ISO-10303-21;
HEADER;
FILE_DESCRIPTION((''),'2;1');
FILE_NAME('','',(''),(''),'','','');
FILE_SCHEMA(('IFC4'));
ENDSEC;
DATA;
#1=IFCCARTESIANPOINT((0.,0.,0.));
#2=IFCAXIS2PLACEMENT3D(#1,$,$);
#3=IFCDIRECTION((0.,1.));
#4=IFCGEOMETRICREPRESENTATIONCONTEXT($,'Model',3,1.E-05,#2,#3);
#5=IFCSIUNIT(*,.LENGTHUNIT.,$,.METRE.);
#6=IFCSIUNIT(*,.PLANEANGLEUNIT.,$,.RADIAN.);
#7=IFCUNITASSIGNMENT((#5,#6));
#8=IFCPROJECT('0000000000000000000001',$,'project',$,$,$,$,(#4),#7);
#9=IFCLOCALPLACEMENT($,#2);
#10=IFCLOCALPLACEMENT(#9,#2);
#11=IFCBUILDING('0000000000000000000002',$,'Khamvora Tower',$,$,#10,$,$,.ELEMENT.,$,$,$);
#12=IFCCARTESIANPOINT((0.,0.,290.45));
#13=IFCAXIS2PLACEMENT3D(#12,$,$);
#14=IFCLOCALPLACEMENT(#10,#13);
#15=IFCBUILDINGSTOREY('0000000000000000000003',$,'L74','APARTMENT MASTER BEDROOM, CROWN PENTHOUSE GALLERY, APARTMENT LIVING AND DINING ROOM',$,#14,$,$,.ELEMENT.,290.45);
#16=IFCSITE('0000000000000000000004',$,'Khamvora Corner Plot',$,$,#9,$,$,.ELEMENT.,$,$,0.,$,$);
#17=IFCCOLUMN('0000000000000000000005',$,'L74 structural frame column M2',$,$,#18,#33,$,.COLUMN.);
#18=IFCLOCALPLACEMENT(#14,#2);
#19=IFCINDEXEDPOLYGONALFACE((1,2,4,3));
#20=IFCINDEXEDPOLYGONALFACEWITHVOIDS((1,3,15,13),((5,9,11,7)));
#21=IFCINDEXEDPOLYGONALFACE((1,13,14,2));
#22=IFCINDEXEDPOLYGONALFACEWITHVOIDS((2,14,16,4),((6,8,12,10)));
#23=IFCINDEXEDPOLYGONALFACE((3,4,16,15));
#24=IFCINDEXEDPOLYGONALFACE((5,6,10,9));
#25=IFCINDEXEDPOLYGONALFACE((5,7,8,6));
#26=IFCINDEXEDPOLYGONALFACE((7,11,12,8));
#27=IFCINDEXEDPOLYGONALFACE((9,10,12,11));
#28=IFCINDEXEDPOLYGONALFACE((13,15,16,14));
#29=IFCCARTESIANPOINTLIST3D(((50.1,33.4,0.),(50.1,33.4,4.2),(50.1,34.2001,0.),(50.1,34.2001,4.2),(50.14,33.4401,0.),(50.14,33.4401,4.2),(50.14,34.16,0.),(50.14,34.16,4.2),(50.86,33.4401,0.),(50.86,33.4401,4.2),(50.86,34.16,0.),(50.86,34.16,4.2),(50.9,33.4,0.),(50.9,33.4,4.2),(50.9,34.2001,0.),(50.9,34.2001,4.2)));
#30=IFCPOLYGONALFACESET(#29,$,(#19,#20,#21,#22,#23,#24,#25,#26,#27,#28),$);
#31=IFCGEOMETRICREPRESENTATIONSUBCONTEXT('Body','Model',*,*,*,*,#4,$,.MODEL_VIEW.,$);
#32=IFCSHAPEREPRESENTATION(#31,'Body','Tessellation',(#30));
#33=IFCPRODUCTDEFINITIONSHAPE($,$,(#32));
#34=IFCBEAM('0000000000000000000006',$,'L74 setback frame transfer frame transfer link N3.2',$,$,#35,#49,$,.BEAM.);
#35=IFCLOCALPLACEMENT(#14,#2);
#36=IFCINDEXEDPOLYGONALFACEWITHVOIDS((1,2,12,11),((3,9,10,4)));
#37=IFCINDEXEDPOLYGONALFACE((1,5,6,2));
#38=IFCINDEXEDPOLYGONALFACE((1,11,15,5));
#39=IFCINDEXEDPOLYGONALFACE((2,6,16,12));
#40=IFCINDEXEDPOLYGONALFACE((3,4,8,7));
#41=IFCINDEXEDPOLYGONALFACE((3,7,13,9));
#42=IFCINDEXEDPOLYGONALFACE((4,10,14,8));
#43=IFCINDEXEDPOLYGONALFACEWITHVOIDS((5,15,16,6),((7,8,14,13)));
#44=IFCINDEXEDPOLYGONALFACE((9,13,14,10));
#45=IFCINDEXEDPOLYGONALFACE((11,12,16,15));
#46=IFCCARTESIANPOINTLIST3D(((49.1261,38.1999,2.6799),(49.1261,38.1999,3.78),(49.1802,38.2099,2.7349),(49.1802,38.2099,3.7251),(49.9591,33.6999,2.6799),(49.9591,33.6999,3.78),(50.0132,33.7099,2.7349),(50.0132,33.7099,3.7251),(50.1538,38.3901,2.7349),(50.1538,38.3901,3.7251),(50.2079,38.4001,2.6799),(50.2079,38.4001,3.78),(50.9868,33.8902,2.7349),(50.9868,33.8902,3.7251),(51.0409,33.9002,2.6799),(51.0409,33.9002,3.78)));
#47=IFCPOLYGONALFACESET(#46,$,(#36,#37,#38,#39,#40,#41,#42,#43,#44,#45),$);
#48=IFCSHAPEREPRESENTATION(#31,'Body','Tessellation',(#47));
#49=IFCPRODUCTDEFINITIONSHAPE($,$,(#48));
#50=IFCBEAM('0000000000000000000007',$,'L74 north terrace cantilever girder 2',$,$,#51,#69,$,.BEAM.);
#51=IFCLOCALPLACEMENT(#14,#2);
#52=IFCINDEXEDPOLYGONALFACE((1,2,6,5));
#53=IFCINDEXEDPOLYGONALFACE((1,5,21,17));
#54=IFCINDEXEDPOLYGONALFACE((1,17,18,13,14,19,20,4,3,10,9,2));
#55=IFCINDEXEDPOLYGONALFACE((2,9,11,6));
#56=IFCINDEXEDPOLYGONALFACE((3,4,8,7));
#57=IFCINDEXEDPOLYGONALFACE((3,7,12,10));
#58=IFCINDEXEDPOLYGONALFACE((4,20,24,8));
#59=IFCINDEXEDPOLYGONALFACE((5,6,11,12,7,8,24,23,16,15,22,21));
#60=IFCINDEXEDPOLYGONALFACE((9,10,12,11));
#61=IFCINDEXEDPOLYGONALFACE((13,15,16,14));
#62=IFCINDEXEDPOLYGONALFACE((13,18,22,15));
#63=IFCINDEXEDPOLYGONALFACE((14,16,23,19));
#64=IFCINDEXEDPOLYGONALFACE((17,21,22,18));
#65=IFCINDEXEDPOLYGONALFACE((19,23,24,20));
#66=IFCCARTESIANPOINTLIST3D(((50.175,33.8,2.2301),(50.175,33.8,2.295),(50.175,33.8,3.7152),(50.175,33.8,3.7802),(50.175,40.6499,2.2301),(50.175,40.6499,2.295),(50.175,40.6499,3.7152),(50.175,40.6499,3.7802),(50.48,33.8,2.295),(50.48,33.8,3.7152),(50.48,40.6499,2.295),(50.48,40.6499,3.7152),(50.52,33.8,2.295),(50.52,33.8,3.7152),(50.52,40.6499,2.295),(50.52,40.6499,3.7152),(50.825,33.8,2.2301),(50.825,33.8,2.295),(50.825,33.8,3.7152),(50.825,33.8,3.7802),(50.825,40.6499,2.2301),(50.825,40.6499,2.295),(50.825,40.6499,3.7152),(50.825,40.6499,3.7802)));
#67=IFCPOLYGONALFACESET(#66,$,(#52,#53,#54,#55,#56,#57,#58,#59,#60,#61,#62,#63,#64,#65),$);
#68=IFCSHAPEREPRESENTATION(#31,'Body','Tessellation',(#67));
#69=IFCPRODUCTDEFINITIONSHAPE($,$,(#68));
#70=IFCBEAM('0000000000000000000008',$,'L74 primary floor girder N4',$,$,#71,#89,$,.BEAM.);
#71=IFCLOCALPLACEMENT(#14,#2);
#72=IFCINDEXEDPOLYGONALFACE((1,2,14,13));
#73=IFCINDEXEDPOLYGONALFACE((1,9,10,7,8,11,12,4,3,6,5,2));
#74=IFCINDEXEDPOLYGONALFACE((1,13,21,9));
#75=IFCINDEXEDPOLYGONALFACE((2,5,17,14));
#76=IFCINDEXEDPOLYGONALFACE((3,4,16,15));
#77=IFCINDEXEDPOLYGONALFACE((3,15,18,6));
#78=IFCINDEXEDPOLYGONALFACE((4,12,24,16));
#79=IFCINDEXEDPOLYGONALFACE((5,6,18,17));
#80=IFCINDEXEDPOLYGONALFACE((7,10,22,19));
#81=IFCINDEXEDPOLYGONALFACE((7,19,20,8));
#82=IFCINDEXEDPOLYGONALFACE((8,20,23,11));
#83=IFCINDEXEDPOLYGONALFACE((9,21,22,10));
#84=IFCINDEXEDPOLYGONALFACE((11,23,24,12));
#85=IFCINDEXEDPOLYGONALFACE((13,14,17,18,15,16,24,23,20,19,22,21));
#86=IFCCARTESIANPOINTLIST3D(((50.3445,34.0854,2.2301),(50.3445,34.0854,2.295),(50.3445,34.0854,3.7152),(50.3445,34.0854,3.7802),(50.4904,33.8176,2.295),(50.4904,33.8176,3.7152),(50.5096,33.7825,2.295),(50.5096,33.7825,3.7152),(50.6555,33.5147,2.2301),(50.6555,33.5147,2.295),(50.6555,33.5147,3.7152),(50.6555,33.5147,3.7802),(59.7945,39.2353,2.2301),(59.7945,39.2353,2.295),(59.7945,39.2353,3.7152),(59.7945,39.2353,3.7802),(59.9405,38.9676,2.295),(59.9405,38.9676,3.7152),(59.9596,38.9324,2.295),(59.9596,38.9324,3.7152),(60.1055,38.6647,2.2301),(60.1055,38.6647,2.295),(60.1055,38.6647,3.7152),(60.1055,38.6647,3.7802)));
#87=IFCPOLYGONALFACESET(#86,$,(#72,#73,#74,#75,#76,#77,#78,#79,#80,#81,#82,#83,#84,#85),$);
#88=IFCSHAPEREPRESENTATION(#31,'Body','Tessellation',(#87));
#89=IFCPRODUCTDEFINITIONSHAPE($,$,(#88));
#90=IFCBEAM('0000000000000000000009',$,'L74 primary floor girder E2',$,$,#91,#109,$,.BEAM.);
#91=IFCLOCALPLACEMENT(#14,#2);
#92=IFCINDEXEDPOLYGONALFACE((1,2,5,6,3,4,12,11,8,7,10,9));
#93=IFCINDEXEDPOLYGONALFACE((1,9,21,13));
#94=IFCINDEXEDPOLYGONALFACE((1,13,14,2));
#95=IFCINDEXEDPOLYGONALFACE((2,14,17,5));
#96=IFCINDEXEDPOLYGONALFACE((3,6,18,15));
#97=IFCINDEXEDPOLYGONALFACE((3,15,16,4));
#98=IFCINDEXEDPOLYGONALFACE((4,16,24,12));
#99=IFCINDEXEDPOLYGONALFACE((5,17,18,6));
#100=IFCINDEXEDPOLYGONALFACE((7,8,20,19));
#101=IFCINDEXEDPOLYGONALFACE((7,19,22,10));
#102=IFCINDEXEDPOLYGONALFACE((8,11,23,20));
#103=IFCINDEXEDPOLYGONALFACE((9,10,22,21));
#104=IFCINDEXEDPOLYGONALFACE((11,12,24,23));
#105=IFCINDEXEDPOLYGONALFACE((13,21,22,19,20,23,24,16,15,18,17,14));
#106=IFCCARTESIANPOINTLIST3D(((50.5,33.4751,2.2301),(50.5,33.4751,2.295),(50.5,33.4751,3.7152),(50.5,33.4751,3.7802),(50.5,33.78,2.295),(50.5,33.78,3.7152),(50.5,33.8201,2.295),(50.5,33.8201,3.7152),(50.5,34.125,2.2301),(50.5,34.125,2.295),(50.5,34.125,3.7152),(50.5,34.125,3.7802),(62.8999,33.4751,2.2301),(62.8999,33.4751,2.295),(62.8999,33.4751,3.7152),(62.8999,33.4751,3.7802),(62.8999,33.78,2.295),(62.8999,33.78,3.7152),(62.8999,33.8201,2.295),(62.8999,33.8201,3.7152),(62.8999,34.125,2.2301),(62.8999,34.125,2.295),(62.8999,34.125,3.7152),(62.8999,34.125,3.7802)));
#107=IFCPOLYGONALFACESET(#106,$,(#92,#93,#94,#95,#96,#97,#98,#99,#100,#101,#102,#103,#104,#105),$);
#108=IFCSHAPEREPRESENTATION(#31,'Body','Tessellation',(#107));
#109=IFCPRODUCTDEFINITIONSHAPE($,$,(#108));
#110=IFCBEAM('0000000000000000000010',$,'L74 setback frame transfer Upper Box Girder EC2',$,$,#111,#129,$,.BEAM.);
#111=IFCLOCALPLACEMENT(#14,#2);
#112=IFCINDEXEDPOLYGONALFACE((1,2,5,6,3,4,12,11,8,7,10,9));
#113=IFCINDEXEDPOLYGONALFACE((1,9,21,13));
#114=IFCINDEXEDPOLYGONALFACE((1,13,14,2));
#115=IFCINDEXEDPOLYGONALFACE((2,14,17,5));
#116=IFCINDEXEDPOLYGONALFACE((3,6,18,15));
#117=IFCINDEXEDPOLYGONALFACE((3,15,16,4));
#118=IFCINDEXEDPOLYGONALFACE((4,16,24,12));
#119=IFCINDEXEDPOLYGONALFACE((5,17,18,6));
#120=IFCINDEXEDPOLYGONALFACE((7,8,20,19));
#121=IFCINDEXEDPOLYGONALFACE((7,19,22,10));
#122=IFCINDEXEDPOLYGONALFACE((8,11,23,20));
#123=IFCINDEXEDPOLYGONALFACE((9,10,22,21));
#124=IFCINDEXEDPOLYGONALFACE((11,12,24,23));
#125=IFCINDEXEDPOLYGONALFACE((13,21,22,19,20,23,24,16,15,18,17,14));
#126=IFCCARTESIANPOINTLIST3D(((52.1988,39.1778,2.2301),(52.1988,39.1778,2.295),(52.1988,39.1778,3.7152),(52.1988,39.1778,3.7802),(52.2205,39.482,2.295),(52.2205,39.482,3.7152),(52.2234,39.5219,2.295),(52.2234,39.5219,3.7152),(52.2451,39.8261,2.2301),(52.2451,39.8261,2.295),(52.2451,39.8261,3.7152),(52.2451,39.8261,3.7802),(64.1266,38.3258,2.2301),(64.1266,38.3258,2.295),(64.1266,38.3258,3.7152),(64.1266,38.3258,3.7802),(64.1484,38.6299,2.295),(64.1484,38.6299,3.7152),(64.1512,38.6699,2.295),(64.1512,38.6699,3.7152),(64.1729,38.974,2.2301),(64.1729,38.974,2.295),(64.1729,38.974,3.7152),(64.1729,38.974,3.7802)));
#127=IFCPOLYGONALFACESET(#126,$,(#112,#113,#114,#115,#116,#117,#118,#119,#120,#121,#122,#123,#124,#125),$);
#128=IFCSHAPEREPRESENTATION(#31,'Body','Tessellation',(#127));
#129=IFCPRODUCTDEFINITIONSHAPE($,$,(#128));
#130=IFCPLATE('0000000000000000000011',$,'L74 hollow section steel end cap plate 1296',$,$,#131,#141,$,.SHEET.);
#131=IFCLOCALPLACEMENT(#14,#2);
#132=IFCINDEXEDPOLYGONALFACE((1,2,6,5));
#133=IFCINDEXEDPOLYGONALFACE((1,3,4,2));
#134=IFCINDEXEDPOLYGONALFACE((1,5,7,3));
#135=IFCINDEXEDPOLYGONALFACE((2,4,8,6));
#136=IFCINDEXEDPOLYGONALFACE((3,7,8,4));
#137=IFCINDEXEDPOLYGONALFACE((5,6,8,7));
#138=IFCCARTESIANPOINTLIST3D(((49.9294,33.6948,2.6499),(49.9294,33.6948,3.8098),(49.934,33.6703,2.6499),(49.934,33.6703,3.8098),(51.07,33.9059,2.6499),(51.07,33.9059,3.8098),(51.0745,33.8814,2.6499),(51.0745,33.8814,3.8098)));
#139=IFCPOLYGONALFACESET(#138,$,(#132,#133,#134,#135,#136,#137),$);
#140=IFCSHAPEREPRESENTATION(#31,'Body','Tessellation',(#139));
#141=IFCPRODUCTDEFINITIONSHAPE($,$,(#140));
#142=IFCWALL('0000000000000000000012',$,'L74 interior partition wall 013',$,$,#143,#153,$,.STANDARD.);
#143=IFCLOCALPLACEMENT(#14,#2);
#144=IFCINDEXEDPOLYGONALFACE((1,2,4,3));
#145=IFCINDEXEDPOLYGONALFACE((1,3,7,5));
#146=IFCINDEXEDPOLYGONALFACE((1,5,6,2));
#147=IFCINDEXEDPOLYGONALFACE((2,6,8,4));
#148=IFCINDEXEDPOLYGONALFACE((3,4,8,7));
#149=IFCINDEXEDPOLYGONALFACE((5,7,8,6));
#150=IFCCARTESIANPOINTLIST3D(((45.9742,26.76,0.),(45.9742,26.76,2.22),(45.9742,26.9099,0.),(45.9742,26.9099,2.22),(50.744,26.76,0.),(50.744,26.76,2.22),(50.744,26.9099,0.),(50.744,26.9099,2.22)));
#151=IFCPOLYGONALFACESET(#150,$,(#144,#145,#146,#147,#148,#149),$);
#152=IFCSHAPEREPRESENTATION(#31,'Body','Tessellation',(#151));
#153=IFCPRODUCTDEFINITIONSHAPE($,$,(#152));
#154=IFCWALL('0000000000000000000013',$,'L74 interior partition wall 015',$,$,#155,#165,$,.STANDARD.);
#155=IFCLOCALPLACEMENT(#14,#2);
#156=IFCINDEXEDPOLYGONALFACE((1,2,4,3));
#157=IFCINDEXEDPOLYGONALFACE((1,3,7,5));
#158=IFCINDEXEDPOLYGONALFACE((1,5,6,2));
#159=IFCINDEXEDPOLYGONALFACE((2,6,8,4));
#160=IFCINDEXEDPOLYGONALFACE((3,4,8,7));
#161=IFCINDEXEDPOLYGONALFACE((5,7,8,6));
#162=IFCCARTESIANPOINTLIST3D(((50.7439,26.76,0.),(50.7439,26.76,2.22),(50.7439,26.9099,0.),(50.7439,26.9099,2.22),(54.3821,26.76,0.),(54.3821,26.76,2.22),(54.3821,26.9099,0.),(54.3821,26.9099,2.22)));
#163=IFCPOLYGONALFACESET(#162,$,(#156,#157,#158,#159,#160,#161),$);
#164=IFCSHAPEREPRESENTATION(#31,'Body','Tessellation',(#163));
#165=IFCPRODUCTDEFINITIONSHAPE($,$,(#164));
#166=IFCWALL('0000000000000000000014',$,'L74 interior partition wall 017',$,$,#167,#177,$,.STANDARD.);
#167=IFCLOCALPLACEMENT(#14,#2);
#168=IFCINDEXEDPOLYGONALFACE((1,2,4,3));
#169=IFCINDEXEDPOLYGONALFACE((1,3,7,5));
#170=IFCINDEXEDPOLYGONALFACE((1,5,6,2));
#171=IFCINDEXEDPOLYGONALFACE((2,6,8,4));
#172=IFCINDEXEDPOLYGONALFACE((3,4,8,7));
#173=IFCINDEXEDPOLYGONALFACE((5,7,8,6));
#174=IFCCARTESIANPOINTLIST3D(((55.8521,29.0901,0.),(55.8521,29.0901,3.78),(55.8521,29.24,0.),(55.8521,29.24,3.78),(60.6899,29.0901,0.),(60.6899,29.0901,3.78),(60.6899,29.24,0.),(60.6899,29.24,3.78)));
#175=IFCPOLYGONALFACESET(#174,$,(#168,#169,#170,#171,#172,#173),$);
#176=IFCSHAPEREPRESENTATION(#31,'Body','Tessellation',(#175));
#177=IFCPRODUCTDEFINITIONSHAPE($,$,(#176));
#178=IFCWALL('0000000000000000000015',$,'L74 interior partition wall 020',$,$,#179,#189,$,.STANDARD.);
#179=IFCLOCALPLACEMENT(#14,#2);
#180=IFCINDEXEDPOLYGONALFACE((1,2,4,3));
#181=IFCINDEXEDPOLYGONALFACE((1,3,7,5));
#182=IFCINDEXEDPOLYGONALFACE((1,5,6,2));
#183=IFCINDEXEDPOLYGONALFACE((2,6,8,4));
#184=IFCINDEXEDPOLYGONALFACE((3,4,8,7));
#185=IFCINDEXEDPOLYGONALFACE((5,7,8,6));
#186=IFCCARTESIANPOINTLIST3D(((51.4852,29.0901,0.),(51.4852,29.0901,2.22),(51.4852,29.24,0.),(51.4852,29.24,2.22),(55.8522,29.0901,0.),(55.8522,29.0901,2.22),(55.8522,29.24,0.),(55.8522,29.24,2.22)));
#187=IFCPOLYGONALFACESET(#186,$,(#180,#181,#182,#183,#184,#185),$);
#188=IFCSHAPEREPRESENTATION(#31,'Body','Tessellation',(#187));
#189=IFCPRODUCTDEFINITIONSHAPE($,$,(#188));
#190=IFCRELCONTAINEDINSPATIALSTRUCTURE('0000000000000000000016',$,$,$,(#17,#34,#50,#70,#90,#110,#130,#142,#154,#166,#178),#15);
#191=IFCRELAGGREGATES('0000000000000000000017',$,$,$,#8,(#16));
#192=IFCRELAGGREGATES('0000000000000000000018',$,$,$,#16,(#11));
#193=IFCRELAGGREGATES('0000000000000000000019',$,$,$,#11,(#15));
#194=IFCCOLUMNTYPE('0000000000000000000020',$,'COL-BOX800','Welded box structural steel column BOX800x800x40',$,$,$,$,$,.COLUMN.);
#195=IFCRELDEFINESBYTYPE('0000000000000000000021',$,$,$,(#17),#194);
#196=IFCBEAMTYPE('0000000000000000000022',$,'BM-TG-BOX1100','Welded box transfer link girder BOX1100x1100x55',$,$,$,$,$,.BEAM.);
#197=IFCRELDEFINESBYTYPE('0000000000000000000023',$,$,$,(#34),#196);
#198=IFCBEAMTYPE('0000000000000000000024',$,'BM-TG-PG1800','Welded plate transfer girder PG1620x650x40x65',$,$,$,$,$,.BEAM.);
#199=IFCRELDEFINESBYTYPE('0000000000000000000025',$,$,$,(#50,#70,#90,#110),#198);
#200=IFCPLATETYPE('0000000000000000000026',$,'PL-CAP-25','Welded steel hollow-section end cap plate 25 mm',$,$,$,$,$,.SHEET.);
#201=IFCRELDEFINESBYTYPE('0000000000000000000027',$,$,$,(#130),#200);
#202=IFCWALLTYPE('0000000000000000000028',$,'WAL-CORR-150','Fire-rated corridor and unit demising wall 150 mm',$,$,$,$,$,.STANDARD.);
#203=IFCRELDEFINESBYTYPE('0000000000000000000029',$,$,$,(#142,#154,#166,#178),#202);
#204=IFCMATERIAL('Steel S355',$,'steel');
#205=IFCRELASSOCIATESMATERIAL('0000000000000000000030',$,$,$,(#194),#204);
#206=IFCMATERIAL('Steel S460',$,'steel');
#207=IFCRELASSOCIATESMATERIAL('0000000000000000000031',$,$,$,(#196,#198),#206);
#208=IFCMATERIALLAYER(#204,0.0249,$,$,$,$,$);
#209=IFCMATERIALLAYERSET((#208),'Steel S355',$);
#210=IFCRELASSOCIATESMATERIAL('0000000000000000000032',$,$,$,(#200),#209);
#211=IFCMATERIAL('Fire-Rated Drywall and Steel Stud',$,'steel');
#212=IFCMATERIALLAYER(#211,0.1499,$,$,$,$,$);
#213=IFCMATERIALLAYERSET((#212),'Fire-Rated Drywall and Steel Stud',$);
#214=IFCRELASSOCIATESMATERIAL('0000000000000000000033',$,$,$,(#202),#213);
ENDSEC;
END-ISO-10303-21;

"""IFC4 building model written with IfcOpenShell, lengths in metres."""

from ifc_helpers import new_model, si_unit, direction, frame, frame_2d, origin, origin_2d, place, context, subcontext, project, spatial, rectangle, hollow_rectangle, i_section, extrude, material, layer, layer_set, material_profile, profile_set, type_object, element, save


model = new_model("IFC4")

# Units and contexts
model_context = context("Model", 3, precision=1e-05, world=origin(), true_north=direction((0.0, 1.0)))
body_context = subcontext(model_context, "Body", "Model", "MODEL_VIEW")
ifc_project = project(units=[si_unit("LENGTHUNIT", "METRE"), si_unit("PLANEANGLEUNIT", "RADIAN")], contexts=[model_context])

# Site, building, storey
site_placement = place(None, origin())
site = spatial("IfcSite", under=ifc_project, at=site_placement, Name="Khamvora Corner Plot", CompositionType="ELEMENT", RefElevation=0.0)
building_placement = place(site_placement, origin())
building = spatial("IfcBuilding", under=site, at=building_placement, Name="Khamvora Tower", CompositionType="ELEMENT")
storey_placement = place(building_placement, frame((0.0, 0.0, 290.45)))
storey = spatial("IfcBuildingStorey", under=building, at=storey_placement, Name="L74", Description="APARTMENT MASTER BEDROOM, CROWN PENTHOUSE GALLERY, APARTMENT LIVING AND DINING ROOM", CompositionType="ELEMENT", Elevation=290.45)

# Column
ifc_material_1 = material(Name="Steel S355", Category="steel")
ifc_material_profile_1 = material_profile(ifc_material_1, hollow_rectangle(XDim=0.8, YDim=0.8, WallThickness=0.04, at=origin_2d()), Name="BOX800x800x40")
ifc_profile_set_1 = profile_set([ifc_material_profile_1], Name="Steel S355")
column_type = type_object("IfcColumnType", Name="COL-BOX800", Description="Welded box structural steel column BOX800x800x40", PredefinedType="COLUMN", material=ifc_profile_set_1)
column_placement = place(storey_placement, frame((50.5, 33.8, 0.0), z_axis=(0.0, 0.0, 1.0), x_axis=(1.0, 0.0, 0.0)))
element("IfcColumn", 1, at=column_placement, inside=storey, type_object=column_type, Name="L74 structural frame column M2", PredefinedType="COLUMN", context=body_context, shape_type="SweptSolid", body=[
    extrude(hollow_rectangle(XDim=0.8, YDim=0.8, WallThickness=0.04, at=origin_2d()), origin(), (0.0, 0.0, 1.0), 4.2),
])

# Beams
ifc_material_2 = material(Name="Steel S460", Category="steel")
ifc_material_profile_2 = material_profile(ifc_material_2, hollow_rectangle(XDim=1.1001, YDim=1.1001, WallThickness=0.0549, at=origin_2d()), Name="BOX1100x1100x55")
ifc_profile_set_2 = profile_set([ifc_material_profile_2], Name="Steel S460")
beam_type_1 = type_object("IfcBeamType", Name="BM-TG-BOX1100", Description="Welded box transfer link girder BOX1100x1100x55", PredefinedType="BEAM", material=ifc_profile_set_2)
beam_1_placement = place(storey_placement, frame((50.5, 33.8, 3.23), z_axis=(-0.18202, 0.983295, 0.0), x_axis=(-0.983295, -0.18202, 0.0)))
element("IfcBeam", 2, at=beam_1_placement, inside=storey, type_object=beam_type_1, Name="L74 setback frame transfer frame transfer link N3.2", PredefinedType="BEAM", context=body_context, shape_type="SweptSolid", body=[
    extrude(hollow_rectangle(XDim=1.1001, YDim=1.1001, WallThickness=0.0549, at=origin_2d()), origin(), (0.0, 0.0, 1.0), 4.5764),
])
ifc_material_profile_3 = material_profile(ifc_material_2, i_section(OverallWidth=0.6499, OverallDepth=1.55, WebThickness=0.04, FlangeThickness=0.0649, at=origin_2d()), Name="PG1550x650x40x65")
ifc_profile_set_3 = profile_set([ifc_material_profile_3], Name="Steel S460")
beam_type_2 = type_object("IfcBeamType", Name="BM-TG-PG1800", Description="Welded plate transfer girder PG1620x650x40x65", PredefinedType="BEAM", material=ifc_profile_set_3)
beam_2_placement = place(storey_placement, frame((50.5, 33.8, 3.0051), z_axis=(0.0, 1.0, 0.0), x_axis=(-1.0, 0.0, 0.0)))
element("IfcBeam", 3, at=beam_2_placement, inside=storey, type_object=beam_type_2, Name="L74 north terrace cantilever girder 2", PredefinedType="BEAM", context=body_context, shape_type="SweptSolid", body=[
    extrude(i_section(OverallWidth=0.6499, OverallDepth=1.55, WebThickness=0.04, FlangeThickness=0.0649, at=origin_2d()), origin(), (0.0, 0.0, 1.0), 6.8499),
])
beam_3_placement = place(storey_placement, frame((50.5, 33.8, 3.0051), z_axis=(0.878076, 0.478521, 0.0), x_axis=(-0.478521, 0.878076, 0.0)))
element("IfcBeam", 4, at=beam_3_placement, inside=storey, type_object=beam_type_2, Name="L74 primary floor girder N4", PredefinedType="BEAM", context=body_context, shape_type="SweptSolid", body=[
    extrude(i_section(OverallWidth=0.6499, OverallDepth=1.55, WebThickness=0.04, FlangeThickness=0.0649, at=origin_2d()), origin(), (0.0, 0.0, 1.0), 10.7622),
])
beam_4_placement = place(storey_placement, frame((50.5, 33.8, 3.0051), z_axis=(1.0, 0.0, 0.0), x_axis=(0.0, 1.0, 0.0)))
element("IfcBeam", 5, at=beam_4_placement, inside=storey, type_object=beam_type_2, Name="L74 primary floor girder E2", PredefinedType="BEAM", context=body_context, shape_type="SweptSolid", body=[
    extrude(i_section(OverallWidth=0.6499, OverallDepth=1.55, WebThickness=0.04, FlangeThickness=0.0649, at=origin_2d()), origin(), (0.0, 0.0, 1.0), 12.3999),
])
beam_5_placement = place(storey_placement, frame((52.2219, 39.502, 3.0051), z_axis=(0.997458, -0.071251, 0.0), x_axis=(0.071251, 0.997458, 0.0)))
element("IfcBeam", 6, at=beam_5_placement, inside=storey, type_object=beam_type_2, Name="L74 setback frame transfer Upper Box Girder EC2", PredefinedType="BEAM", context=body_context, shape_type="SweptSolid", body=[
    extrude(i_section(OverallWidth=0.6499, OverallDepth=1.55, WebThickness=0.04, FlangeThickness=0.0649, at=origin_2d()), origin(), (0.0, 0.0, 1.0), 11.9583),
])

# Plate
ifc_layer_1 = layer(ifc_material_1, 0.0249)
ifc_layer_set_1 = layer_set([ifc_layer_1], Name="Steel S355")
plate_type = type_object("IfcPlateType", Name="PL-CAP-25", Description="Welded steel hollow-section end cap plate 25 mm", PredefinedType="SHEET", material=ifc_layer_set_1)
plate_placement = place(storey_placement, frame((50.502, 33.7881, 2.6499), z_axis=(0.0, 0.0, 1.0), x_axis=(-0.182012, 0.983296, 0.0)))
element("IfcPlate", 7, at=plate_placement, inside=storey, type_object=plate_type, Name="L74 hollow section steel end cap plate 1296", PredefinedType="SHEET", context=body_context, shape_type="SweptSolid", body=[
    extrude(rectangle(XDim=0.0249, YDim=1.1599, at=origin_2d()), origin(), (0.0, 0.0, 1.0), 1.1599),
])

# Walls
ifc_material_3 = material(Name="Fire-Rated Drywall and Steel Stud", Category="steel")
ifc_layer_2 = layer(ifc_material_3, 0.1499)
ifc_layer_set_2 = layer_set([ifc_layer_2], Name="Fire-Rated Drywall and Steel Stud")
wall_type_1 = type_object("IfcWallType", Name="WAL-CORR-150", Description="Fire-rated corridor and unit demising wall 150 mm", PredefinedType="STANDARD", material=ifc_layer_set_2)
wall_1_placement = place(storey_placement, frame((50.7439, 26.835, 0.0), z_axis=(0.0, 0.0, 1.0), x_axis=(-1.0, 0.0, 0.0)))
element("IfcWall", 8, at=wall_1_placement, inside=storey, type_object=wall_type_1, Name="L74 interior partition wall 013", PredefinedType="STANDARD", context=body_context, shape_type="SweptSolid", body=[
    extrude(rectangle(XDim=4.7698, YDim=0.1499, at=frame_2d((2.3848, 0.0))), origin(), (0.0, 0.0, 1.0), 2.22),
])
wall_2_placement = place(storey_placement, frame((54.3821, 26.835, 0.0), z_axis=(0.0, 0.0, 1.0), x_axis=(-1.0, 0.0, 0.0)))
element("IfcWall", 9, at=wall_2_placement, inside=storey, type_object=wall_type_1, Name="L74 interior partition wall 015", PredefinedType="STANDARD", context=body_context, shape_type="SweptSolid", body=[
    extrude(rectangle(XDim=3.6382, YDim=0.1499, at=frame_2d((1.8191, 0.0))), origin(), (0.0, 0.0, 1.0), 2.22),
])
wall_3_placement = place(storey_placement, frame((55.8521, 29.165, 0.0), z_axis=(0.0, 0.0, 1.0), x_axis=(1.0, 0.0, 0.0)))
element("IfcWall", 10, at=wall_3_placement, inside=storey, type_object=wall_type_1, Name="L74 interior partition wall 017", PredefinedType="STANDARD", context=body_context, shape_type="SweptSolid", body=[
    extrude(rectangle(XDim=4.8379, YDim=0.1499, at=frame_2d((2.4189, 0.0))), origin(), (0.0, 0.0, 1.0), 3.78),
])
wall_4_placement = place(storey_placement, frame((51.4851, 29.165, 0.0), z_axis=(0.0, 0.0, 1.0), x_axis=(1.0, 0.0, 0.0)))
element("IfcWall", 11, at=wall_4_placement, inside=storey, type_object=wall_type_1, Name="L74 interior partition wall 020", PredefinedType="STANDARD", context=body_context, shape_type="SweptSolid", body=[
    extrude(rectangle(XDim=4.3669, YDim=0.1499, at=frame_2d((2.1836, 0.0))), origin(), (0.0, 0.0, 1.0), 2.22),
])

save(model, "model.ifc")
